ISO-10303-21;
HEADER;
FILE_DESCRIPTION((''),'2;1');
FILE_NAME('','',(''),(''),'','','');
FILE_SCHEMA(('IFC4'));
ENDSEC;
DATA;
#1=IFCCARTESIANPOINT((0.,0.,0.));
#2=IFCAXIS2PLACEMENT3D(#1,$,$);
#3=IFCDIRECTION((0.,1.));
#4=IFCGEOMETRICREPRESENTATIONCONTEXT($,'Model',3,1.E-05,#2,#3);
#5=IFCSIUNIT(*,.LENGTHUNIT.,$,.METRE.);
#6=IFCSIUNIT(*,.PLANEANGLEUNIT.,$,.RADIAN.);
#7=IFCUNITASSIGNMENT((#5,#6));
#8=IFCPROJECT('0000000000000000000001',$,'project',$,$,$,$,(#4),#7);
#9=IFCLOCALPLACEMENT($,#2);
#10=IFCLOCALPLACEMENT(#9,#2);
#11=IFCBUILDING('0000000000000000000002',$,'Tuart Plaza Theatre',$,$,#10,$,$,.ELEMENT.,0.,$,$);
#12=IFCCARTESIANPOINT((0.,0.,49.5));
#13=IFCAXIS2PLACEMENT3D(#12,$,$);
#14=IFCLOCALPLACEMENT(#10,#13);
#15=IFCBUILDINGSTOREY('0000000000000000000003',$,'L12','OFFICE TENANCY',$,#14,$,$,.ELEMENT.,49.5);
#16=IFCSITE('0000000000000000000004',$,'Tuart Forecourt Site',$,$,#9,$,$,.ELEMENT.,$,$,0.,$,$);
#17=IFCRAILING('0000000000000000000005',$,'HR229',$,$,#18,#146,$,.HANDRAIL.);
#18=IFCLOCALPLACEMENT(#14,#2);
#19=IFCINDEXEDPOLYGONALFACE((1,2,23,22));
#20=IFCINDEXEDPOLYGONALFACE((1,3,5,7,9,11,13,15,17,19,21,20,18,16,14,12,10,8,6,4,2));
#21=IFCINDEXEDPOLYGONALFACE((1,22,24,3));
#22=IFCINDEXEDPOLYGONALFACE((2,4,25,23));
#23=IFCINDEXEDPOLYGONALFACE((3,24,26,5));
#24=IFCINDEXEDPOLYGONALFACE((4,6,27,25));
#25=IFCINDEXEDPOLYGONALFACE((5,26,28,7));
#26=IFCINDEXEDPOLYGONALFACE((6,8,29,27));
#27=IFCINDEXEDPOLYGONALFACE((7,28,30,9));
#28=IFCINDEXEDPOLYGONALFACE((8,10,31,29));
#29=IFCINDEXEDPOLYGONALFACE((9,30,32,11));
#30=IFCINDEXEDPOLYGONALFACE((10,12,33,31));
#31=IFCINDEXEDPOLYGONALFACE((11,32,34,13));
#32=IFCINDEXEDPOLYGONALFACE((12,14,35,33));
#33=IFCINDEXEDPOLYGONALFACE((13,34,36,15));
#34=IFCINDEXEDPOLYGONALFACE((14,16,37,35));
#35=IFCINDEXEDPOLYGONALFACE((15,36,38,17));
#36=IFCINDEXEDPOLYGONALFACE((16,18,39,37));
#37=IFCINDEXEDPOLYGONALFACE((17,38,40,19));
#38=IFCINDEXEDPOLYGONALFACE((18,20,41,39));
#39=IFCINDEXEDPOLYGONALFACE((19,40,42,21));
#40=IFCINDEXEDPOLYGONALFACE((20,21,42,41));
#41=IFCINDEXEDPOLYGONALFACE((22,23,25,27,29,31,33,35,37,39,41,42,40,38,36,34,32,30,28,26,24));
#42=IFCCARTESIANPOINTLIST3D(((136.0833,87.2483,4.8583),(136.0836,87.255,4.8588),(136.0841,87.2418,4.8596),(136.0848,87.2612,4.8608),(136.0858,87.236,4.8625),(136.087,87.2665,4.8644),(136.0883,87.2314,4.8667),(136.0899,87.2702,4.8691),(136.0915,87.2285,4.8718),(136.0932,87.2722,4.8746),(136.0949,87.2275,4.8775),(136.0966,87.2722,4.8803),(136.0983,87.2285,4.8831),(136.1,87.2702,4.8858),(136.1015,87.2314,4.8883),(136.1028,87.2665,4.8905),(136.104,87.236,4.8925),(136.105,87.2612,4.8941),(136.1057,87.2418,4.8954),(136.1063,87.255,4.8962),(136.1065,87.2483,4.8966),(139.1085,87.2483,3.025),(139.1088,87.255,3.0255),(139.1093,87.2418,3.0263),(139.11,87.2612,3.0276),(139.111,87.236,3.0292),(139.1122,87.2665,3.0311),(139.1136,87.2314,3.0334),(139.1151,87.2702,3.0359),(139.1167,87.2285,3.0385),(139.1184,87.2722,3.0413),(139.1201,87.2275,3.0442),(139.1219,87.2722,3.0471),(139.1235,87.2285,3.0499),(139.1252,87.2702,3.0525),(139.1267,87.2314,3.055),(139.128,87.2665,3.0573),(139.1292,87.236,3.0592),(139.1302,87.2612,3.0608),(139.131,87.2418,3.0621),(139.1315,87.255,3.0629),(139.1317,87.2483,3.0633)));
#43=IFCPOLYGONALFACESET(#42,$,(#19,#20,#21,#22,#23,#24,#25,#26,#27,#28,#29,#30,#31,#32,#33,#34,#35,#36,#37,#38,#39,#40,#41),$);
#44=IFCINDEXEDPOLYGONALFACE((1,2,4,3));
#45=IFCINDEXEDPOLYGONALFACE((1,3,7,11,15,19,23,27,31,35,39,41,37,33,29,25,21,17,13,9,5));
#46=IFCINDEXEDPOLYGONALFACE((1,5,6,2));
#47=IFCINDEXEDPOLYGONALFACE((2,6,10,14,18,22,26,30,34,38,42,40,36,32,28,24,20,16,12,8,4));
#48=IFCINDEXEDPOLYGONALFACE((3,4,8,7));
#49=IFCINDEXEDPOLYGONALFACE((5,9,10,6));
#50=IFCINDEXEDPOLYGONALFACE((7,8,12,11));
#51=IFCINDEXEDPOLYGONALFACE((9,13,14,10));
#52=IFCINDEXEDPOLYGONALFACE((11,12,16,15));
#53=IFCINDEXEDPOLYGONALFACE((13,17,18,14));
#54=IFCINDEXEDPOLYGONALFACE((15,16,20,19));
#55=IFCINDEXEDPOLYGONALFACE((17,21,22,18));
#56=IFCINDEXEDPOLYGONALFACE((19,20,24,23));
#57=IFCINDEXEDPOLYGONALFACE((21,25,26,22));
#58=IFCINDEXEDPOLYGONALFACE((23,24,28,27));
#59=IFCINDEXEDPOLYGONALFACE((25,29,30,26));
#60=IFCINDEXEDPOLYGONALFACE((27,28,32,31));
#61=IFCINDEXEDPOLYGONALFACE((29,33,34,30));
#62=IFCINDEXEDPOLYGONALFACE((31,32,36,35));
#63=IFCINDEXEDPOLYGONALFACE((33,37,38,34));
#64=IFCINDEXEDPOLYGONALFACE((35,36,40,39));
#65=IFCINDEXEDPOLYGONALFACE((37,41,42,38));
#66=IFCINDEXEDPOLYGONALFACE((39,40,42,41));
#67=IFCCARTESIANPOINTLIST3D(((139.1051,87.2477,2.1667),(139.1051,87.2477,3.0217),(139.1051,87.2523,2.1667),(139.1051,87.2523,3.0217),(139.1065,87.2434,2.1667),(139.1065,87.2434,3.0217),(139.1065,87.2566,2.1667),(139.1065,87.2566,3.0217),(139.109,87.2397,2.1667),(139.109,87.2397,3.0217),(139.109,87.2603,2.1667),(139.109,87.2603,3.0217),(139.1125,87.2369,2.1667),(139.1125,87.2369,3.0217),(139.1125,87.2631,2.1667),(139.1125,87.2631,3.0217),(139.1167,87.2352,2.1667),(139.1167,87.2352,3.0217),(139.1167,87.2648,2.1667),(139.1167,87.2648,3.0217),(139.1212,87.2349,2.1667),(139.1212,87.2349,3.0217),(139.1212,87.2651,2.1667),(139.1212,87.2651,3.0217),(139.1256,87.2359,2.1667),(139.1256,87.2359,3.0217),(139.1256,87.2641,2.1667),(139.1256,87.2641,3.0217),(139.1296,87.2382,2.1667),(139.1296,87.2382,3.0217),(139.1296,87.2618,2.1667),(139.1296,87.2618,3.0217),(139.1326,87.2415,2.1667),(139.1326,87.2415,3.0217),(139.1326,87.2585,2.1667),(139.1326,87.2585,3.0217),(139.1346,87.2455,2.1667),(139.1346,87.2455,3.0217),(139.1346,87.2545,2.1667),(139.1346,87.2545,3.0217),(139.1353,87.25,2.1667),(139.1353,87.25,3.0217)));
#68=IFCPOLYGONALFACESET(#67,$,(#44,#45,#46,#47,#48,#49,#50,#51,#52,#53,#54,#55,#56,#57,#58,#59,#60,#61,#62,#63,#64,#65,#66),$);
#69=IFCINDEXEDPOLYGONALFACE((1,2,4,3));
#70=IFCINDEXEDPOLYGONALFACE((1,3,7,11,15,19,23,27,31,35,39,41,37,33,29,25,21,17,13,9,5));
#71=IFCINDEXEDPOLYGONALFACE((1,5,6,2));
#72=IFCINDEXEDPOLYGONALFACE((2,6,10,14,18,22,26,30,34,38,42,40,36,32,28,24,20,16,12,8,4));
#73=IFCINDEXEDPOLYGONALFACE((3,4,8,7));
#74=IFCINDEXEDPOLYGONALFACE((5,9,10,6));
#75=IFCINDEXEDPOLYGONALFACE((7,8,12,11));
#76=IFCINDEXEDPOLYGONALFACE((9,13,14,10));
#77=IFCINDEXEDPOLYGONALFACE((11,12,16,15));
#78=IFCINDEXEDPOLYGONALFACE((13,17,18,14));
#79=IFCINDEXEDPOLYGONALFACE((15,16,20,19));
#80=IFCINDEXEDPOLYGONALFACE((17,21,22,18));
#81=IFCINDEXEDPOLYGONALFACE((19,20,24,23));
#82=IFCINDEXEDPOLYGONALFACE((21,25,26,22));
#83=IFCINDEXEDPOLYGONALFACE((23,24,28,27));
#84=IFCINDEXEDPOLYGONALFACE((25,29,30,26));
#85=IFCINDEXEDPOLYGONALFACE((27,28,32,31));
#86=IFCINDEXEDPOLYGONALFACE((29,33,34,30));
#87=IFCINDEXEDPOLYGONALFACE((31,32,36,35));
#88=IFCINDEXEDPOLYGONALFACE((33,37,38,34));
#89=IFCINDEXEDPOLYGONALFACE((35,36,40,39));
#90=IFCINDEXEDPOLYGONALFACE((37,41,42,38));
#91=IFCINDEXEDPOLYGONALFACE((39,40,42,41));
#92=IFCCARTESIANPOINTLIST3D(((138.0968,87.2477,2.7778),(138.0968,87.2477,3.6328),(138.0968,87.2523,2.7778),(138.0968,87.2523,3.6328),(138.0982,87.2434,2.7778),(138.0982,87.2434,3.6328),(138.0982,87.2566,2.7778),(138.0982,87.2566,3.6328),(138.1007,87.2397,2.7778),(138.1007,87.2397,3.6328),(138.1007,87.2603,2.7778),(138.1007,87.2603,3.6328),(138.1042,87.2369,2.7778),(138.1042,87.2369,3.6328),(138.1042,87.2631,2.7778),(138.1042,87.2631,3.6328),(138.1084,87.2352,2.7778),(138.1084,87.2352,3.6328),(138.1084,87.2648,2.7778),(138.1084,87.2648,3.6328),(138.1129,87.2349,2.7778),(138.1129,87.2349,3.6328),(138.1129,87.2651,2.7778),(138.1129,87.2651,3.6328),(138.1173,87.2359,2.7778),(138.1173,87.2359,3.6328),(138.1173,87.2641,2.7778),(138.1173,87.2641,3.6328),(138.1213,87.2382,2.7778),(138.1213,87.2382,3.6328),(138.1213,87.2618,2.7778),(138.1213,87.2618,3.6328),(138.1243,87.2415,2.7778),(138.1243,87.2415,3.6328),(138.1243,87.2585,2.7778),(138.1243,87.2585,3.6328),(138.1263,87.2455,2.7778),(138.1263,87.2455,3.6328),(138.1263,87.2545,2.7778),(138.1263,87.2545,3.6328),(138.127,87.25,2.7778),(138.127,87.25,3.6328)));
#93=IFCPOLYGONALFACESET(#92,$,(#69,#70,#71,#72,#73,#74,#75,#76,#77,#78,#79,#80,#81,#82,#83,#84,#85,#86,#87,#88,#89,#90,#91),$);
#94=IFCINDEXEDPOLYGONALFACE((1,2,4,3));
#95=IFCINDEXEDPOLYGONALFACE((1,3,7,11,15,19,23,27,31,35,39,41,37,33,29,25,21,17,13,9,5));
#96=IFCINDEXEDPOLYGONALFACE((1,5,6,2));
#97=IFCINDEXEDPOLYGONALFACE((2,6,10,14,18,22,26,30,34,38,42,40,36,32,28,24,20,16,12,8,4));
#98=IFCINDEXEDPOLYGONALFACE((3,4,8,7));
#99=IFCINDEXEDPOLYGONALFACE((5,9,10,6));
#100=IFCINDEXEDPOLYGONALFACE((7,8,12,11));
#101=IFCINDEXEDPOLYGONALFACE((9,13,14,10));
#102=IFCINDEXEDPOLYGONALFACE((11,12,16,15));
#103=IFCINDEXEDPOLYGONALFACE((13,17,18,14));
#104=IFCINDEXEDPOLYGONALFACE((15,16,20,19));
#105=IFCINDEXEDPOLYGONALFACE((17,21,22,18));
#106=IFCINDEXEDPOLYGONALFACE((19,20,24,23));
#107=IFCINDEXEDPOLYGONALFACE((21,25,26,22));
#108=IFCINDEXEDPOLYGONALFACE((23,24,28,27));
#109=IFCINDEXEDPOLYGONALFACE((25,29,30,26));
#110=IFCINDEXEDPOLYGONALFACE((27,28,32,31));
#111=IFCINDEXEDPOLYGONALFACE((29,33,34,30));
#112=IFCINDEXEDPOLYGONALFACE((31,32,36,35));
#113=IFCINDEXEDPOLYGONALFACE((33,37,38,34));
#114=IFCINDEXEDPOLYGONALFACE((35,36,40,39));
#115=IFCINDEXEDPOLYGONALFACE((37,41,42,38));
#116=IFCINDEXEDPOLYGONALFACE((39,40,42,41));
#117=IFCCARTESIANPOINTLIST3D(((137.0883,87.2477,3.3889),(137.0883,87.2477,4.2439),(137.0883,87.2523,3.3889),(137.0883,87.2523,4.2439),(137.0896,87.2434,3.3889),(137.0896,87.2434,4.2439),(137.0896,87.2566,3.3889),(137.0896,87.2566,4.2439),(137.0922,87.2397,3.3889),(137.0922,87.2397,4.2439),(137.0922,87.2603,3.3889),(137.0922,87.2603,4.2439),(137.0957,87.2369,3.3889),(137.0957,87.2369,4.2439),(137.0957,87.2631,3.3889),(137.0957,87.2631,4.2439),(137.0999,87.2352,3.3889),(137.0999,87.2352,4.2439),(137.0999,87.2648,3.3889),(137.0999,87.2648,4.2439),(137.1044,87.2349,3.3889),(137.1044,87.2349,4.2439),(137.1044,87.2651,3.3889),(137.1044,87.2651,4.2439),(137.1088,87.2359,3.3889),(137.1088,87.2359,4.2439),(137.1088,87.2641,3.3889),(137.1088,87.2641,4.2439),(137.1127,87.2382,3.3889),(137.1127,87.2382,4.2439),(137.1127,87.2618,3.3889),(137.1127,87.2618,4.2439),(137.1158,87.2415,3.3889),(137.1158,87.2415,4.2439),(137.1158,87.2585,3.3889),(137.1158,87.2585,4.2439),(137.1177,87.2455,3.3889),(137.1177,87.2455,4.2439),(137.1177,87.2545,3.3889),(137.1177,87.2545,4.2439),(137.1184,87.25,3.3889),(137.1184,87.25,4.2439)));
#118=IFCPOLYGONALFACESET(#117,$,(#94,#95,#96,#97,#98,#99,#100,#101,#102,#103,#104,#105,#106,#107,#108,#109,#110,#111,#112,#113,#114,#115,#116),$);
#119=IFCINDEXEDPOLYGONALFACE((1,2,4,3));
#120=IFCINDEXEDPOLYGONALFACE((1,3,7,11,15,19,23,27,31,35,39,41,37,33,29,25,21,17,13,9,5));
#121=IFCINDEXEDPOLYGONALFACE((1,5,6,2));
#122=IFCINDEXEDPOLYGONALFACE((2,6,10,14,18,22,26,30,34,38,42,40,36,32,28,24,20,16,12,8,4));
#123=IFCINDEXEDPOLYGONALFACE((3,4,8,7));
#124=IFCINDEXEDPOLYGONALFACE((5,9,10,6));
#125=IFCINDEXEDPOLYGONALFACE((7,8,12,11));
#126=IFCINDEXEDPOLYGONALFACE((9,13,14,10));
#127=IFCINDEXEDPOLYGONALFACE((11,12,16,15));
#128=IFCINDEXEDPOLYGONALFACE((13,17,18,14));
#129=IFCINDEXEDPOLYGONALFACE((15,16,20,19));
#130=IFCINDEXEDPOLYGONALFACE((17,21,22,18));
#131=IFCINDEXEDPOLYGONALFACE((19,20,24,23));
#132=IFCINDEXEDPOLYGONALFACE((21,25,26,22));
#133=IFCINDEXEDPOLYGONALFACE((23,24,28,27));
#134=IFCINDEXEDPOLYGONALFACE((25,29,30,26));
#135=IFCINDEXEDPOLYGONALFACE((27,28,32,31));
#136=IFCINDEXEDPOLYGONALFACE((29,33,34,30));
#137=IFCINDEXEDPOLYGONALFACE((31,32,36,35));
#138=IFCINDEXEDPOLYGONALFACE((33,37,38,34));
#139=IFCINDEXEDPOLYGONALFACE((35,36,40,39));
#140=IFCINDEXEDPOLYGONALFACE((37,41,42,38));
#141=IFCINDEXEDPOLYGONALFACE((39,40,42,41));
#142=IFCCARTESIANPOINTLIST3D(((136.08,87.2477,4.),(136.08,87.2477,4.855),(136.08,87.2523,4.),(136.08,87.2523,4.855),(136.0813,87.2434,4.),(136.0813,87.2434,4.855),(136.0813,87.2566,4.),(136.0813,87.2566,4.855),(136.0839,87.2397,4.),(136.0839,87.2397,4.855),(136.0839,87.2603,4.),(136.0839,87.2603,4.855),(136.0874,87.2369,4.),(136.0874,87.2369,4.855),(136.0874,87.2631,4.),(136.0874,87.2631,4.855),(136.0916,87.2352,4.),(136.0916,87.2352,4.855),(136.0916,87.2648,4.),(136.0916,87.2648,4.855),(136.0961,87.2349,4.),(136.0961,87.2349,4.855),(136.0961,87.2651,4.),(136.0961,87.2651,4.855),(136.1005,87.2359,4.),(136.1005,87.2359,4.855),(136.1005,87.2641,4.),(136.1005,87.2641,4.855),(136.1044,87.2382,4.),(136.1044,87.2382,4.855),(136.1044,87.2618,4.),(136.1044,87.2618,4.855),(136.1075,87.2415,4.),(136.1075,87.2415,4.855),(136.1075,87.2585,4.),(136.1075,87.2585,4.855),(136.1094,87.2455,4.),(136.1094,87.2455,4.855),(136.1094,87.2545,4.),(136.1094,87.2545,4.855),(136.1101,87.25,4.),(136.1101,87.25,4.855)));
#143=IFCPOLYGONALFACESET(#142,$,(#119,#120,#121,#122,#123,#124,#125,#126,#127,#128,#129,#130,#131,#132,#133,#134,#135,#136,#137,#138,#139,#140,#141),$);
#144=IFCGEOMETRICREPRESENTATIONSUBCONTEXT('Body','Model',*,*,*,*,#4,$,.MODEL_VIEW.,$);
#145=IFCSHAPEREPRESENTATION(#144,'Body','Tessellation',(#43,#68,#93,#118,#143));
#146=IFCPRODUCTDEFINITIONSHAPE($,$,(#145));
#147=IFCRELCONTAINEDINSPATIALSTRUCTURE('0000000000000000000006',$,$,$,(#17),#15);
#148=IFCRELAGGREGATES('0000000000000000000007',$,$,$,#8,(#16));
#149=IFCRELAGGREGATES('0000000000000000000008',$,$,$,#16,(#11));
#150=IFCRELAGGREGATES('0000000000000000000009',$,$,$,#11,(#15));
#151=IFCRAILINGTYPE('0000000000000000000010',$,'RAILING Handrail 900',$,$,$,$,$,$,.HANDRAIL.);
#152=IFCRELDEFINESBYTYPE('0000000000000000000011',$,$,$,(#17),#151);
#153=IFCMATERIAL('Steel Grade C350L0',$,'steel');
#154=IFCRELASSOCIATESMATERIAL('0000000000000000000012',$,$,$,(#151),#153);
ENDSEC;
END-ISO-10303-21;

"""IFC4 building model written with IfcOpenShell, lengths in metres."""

from ifc_helpers import new_model, si_unit, direction, frame, origin, origin_2d, place, context, subcontext, project, spatial, circle, extrude, material, type_object, element, save


model = new_model("IFC4")

# Units and contexts
model_context = context("Model", 3, precision=1e-05, world=origin(), true_north=direction((0.0, 1.0)))
body_context = subcontext(model_context, "Body", "Model", "MODEL_VIEW")
ifc_project = project(units=[si_unit("LENGTHUNIT", "METRE"), si_unit("PLANEANGLEUNIT", "RADIAN")], contexts=[model_context])

# Site, building, storey
site_placement = place(None, origin())
site = spatial("IfcSite", under=ifc_project, at=site_placement, Name="Tuart Forecourt Site", CompositionType="ELEMENT", RefElevation=0.0)
building_placement = place(site_placement, origin())
building = spatial("IfcBuilding", under=site, at=building_placement, Name="Tuart Plaza Theatre", CompositionType="ELEMENT", ElevationOfRefHeight=0.0)
storey_placement = place(building_placement, frame((0.0, 0.0, 49.5)))
storey = spatial("IfcBuildingStorey", under=building, at=storey_placement, Name="L12", Description="OFFICE TENANCY", CompositionType="ELEMENT", Elevation=49.5)

# Railing
ifc_material_1 = material(Name="Steel Grade C350L0", Category="steel")
railing_type_1 = type_object("IfcRailingType", Name="RAILING Handrail 900", PredefinedType="HANDRAIL", material=ifc_material_1)
for number, where, name in (
    (1, (139.1201, 87.25, 2.1667), "HR229"),
):
    element("IfcRailing", number, at=place(storey_placement, frame(where)), inside=storey, type_object=railing_type_1, Name=name, PredefinedType="HANDRAIL", context=body_context, shape_type="SweptSolid", body=[
        extrude(circle(Radius=0.0225, at=origin_2d()), frame((0.0, 0.0, 0.8774), z_axis=(-0.855219, 0.0, 0.518267), x_axis=(0.0, -1.0, 0.0)), (0.0, 0.0, 1.0), 3.5374),
        extrude(circle(Radius=0.0151, at=origin_2d()), origin(), (0.0, 0.0, 1.0), 0.855),
        extrude(circle(Radius=0.0151, at=origin_2d()), frame((-1.0083, 0.0, 0.6111)), (0.0, 0.0, 1.0), 0.855),
        extrude(circle(Radius=0.0151, at=origin_2d()), frame((-2.0168, 0.0, 1.2222)), (0.0, 0.0, 1.0), 0.855),
        extrude(circle(Radius=0.0151, at=origin_2d()), frame((-3.0251, 0.0, 1.8333)), (0.0, 0.0, 1.0), 0.855),
    ])

save(model, "model.ifc")
